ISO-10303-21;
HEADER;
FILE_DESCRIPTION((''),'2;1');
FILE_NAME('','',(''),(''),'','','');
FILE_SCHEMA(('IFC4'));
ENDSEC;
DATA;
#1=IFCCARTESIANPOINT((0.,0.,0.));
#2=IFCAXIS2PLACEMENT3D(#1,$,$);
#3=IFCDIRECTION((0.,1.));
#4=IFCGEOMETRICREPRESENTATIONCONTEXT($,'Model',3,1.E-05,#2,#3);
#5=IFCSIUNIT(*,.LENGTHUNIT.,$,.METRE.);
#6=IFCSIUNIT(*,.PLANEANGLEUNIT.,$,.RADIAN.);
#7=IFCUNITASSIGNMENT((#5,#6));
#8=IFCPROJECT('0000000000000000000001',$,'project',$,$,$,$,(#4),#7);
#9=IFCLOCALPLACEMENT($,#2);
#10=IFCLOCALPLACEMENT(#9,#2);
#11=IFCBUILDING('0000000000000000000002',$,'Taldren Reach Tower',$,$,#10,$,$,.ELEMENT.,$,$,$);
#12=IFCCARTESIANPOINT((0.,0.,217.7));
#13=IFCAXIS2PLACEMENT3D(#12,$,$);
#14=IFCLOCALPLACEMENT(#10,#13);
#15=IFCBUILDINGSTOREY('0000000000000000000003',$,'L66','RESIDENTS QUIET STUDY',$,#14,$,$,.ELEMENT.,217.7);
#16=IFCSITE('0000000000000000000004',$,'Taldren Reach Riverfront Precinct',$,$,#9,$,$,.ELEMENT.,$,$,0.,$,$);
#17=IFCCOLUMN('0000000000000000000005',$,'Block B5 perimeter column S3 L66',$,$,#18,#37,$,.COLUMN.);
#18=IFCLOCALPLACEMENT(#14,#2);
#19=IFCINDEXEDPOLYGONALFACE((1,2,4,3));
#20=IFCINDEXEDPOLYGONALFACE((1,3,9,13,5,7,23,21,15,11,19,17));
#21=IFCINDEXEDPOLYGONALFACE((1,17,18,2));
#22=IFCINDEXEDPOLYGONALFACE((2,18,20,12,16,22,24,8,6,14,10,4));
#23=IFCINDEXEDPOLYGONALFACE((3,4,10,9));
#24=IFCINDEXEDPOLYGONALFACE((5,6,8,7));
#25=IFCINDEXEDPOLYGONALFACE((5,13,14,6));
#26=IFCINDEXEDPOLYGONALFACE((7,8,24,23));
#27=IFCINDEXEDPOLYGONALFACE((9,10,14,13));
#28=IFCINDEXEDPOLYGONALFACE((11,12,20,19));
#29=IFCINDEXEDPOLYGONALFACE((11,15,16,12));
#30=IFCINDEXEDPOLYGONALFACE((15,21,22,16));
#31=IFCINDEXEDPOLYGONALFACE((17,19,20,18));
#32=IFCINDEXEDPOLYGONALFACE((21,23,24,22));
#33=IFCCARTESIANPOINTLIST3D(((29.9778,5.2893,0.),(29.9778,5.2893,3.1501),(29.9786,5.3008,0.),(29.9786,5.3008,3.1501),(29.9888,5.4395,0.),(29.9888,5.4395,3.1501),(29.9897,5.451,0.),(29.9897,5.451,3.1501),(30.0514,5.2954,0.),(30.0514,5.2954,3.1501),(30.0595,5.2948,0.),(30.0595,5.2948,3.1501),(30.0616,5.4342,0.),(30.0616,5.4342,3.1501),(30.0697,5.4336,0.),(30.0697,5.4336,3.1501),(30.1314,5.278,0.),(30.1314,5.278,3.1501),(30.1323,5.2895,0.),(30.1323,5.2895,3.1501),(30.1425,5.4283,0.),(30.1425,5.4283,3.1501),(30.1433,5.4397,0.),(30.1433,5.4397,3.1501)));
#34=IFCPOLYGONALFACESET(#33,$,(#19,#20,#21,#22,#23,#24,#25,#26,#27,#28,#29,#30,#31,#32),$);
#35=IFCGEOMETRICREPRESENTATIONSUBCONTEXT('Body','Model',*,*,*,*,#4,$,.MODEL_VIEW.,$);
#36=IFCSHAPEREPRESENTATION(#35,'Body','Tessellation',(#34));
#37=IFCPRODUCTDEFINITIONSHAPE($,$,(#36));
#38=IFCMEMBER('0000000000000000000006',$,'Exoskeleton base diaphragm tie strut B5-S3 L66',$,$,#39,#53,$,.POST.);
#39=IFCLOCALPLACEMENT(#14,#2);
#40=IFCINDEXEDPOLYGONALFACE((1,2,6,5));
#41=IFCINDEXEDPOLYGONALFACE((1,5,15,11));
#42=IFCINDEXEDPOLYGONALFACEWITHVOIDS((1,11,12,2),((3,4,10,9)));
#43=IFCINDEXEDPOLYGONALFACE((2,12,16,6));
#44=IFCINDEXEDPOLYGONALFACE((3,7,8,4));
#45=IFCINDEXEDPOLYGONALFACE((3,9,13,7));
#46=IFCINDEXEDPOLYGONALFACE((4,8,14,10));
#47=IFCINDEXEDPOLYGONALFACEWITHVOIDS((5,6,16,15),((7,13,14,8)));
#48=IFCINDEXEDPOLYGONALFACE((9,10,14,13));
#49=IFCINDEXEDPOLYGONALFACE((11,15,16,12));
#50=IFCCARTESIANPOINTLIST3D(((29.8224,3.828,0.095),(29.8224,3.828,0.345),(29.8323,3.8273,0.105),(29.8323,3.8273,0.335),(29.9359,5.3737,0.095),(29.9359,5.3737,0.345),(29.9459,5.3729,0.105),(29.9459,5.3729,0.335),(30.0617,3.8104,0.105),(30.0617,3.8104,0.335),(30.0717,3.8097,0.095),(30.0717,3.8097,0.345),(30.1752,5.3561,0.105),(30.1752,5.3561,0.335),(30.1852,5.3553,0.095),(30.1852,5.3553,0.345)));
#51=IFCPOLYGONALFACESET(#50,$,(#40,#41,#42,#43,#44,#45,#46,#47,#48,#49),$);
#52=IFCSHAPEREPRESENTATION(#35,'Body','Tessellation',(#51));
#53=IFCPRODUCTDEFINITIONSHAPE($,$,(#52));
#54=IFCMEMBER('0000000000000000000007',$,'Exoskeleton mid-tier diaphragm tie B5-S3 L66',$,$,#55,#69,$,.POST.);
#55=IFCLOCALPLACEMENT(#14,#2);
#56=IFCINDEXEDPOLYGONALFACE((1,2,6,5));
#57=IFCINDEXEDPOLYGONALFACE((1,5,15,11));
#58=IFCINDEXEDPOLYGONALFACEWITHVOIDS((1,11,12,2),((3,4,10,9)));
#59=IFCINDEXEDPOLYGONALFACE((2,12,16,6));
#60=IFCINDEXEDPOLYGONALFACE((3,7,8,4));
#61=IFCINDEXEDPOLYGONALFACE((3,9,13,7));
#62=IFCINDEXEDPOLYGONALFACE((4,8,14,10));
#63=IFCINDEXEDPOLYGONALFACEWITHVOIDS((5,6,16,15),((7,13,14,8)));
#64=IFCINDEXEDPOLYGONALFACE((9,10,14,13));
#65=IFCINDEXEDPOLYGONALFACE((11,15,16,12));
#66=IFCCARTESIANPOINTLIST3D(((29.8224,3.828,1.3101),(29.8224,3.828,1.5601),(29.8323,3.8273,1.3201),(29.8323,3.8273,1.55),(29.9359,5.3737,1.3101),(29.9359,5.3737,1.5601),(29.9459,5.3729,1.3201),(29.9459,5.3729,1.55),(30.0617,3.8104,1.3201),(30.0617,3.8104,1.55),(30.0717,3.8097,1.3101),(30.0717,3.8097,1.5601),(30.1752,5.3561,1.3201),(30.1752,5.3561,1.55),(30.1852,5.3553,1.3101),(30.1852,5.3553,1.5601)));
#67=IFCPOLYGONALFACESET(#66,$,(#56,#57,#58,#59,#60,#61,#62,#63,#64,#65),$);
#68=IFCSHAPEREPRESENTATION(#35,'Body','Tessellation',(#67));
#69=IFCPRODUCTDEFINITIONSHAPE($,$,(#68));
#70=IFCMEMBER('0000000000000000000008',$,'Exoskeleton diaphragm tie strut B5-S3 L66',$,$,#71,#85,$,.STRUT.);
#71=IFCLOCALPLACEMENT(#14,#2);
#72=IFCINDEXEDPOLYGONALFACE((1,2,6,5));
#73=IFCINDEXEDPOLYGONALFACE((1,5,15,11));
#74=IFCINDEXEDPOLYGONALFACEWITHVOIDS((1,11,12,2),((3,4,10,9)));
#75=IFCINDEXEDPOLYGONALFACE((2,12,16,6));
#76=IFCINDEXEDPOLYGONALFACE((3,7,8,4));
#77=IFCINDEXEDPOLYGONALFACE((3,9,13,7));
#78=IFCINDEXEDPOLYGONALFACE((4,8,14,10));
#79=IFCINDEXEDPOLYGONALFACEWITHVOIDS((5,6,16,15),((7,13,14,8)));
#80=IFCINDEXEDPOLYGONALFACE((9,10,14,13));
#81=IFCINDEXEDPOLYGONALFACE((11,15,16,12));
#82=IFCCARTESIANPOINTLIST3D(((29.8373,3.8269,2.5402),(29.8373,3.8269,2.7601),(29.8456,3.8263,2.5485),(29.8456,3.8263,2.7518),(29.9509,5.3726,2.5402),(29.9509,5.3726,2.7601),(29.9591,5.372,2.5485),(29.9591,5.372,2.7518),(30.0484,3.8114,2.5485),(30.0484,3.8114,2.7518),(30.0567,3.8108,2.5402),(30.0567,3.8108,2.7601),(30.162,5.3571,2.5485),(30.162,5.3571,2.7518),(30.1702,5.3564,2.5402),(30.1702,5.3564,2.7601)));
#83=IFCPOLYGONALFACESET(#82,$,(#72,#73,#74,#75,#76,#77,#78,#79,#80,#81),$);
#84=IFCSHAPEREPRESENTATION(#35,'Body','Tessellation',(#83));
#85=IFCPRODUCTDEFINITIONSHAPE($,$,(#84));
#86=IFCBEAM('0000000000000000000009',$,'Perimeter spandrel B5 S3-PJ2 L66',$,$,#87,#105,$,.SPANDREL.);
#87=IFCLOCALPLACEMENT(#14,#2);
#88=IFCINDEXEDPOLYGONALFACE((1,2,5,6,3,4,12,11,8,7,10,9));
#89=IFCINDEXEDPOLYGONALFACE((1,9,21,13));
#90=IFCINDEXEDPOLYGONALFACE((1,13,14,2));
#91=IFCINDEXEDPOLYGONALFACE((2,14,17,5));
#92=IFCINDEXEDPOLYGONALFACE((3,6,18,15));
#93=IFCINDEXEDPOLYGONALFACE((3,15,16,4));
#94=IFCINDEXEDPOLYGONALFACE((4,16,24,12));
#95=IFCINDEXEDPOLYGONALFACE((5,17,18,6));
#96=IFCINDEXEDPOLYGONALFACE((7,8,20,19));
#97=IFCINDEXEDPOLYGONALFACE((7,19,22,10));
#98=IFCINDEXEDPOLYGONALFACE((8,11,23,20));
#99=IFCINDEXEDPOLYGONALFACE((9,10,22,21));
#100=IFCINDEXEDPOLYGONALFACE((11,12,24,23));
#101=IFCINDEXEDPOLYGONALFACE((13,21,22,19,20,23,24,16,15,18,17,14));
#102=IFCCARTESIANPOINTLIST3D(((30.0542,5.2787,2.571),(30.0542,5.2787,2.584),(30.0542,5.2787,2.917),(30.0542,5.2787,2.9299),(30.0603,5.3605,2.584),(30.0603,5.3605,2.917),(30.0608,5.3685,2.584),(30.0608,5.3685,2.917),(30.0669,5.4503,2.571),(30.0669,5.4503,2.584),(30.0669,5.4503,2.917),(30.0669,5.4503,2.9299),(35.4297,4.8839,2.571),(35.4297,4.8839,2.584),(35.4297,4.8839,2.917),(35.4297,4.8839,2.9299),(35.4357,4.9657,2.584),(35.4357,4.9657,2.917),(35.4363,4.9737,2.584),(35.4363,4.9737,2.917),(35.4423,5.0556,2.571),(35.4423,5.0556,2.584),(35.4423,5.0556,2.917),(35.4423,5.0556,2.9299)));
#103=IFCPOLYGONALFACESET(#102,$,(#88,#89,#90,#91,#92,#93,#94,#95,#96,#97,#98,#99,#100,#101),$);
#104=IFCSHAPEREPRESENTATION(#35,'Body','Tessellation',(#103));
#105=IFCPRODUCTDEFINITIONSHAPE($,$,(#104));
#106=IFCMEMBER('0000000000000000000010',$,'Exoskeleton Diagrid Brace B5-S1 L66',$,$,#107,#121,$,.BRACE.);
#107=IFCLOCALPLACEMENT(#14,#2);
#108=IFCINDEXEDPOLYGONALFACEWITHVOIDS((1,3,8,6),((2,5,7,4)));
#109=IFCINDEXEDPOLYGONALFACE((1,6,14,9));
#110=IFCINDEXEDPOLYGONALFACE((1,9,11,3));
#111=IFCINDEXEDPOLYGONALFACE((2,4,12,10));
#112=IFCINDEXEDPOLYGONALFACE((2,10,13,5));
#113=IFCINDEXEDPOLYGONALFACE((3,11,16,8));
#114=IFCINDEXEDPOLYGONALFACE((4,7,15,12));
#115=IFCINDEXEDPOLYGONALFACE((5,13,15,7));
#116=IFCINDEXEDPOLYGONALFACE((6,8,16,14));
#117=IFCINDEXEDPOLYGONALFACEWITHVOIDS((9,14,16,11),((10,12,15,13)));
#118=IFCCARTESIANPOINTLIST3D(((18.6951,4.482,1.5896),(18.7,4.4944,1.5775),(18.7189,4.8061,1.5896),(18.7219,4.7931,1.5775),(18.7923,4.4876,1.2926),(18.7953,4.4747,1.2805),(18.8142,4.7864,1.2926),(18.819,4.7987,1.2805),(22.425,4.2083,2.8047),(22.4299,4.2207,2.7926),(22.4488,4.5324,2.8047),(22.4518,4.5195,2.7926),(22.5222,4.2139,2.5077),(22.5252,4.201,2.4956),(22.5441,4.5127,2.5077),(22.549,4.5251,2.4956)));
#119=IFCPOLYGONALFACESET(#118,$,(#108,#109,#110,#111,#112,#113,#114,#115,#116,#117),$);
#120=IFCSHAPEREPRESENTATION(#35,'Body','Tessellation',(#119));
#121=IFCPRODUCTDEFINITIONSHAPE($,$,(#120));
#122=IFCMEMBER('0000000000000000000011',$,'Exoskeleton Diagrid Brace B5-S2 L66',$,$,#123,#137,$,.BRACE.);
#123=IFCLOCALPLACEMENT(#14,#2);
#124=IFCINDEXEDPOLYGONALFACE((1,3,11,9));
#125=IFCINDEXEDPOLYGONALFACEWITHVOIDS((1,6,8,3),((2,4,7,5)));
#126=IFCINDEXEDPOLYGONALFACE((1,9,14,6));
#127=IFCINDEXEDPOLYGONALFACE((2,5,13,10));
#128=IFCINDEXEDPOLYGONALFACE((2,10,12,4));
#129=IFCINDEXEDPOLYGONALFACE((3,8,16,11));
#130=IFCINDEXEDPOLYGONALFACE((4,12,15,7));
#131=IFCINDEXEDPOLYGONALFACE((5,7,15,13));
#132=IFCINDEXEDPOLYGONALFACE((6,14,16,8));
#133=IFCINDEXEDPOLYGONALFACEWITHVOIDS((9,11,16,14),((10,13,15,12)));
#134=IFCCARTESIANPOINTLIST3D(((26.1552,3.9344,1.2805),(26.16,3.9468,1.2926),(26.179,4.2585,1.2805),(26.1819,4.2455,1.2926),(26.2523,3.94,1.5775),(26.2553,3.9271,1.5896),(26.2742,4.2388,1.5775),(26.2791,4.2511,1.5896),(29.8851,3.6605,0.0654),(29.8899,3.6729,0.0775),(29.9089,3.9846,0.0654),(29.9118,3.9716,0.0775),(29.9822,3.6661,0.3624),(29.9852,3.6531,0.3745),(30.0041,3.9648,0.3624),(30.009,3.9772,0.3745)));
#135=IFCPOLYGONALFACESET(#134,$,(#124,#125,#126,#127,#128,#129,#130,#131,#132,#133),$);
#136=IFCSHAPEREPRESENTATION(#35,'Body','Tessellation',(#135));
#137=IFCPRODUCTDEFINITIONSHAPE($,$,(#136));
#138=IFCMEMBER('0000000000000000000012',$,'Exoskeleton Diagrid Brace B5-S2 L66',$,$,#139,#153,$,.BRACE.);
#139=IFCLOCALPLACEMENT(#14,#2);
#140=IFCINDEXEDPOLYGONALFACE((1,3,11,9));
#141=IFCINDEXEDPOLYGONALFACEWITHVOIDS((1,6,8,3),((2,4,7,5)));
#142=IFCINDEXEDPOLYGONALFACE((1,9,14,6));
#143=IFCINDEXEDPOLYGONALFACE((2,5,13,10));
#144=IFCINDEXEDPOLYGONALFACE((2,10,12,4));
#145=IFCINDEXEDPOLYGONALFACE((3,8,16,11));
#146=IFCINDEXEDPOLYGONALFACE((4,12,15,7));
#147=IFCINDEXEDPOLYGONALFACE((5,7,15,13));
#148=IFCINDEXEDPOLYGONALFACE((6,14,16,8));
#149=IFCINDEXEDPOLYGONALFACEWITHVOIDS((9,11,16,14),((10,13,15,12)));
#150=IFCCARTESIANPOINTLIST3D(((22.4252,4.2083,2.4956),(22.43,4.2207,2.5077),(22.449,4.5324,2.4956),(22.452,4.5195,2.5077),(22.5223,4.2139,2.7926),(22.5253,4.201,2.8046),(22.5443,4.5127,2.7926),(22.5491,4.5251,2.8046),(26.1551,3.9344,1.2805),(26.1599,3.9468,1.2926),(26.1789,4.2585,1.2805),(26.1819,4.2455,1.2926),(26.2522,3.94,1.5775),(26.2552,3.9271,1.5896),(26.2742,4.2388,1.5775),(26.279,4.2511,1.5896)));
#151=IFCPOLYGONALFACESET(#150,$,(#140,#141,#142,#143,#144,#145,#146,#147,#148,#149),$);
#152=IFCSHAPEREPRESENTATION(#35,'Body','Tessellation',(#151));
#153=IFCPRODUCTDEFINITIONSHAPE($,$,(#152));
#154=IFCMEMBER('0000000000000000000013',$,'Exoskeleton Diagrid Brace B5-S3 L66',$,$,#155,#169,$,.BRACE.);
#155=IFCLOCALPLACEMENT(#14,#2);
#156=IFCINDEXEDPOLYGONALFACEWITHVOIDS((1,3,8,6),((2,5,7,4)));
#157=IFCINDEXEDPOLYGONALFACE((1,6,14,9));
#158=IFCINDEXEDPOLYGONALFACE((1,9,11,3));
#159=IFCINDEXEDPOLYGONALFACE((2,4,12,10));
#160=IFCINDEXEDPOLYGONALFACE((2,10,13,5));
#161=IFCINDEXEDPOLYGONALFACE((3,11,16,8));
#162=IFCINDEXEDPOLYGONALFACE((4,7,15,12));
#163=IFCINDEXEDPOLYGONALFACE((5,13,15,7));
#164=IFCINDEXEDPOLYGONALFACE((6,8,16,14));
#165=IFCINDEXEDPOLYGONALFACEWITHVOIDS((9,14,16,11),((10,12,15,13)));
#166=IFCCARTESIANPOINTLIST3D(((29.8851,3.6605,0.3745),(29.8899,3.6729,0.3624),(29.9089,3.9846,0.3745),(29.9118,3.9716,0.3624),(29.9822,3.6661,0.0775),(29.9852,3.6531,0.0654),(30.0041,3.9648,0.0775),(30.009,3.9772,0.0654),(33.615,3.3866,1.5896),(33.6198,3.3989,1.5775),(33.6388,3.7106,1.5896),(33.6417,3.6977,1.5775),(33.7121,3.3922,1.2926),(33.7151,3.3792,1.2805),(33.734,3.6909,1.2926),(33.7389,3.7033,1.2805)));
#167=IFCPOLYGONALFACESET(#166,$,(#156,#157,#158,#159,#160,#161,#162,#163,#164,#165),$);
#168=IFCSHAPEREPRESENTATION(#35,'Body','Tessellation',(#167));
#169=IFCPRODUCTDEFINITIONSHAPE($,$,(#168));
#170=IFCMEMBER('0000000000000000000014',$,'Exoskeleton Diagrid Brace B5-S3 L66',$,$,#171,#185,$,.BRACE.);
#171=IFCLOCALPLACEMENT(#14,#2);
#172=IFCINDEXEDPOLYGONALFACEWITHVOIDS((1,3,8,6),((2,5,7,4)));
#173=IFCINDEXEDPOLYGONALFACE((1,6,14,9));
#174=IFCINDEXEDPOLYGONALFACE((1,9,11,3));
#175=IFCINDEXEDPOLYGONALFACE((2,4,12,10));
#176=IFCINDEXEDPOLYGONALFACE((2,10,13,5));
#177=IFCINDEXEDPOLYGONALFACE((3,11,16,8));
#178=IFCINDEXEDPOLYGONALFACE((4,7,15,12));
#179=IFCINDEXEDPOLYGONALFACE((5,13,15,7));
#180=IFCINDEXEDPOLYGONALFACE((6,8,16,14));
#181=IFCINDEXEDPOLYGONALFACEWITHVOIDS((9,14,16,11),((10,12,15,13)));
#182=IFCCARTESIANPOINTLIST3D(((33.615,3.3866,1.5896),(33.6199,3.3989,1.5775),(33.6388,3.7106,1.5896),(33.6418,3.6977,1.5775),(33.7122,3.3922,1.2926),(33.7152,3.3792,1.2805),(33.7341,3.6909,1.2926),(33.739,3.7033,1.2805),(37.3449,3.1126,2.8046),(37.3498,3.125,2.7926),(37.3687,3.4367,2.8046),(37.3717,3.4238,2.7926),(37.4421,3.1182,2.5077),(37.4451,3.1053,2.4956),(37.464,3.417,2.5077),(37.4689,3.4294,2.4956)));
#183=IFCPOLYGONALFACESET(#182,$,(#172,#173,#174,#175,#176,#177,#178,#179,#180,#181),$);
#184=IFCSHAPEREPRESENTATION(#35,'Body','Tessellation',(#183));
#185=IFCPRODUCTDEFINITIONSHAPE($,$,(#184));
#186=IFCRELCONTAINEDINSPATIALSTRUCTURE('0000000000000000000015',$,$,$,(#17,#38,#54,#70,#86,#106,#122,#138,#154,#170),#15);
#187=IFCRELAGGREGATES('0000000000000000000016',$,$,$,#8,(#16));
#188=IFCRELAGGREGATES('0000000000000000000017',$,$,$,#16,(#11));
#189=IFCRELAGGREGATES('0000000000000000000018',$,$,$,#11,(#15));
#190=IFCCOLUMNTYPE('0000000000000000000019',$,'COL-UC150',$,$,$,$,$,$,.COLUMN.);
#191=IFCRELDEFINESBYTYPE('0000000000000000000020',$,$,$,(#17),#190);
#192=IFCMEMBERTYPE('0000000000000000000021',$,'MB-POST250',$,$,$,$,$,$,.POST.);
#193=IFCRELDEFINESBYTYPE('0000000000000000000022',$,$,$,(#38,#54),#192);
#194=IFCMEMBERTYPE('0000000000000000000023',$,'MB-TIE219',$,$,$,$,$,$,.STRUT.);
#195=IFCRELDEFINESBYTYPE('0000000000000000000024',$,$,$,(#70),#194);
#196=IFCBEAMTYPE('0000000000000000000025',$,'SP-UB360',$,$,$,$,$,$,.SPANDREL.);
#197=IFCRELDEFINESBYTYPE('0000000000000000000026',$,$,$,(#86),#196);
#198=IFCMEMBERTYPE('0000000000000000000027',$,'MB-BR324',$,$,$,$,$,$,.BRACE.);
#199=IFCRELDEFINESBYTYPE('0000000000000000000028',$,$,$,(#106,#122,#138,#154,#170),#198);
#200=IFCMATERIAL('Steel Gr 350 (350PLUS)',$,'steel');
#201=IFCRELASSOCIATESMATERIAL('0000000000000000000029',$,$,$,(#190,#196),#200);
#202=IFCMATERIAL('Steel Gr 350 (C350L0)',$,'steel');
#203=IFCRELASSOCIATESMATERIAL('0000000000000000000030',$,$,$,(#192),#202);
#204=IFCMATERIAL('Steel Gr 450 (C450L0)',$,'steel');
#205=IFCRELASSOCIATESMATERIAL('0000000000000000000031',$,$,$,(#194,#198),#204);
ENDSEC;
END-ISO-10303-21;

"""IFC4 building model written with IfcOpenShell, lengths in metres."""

from ifc_helpers import new_model, si_unit, direction, frame, origin, origin_2d, place, context, subcontext, project, spatial, hollow_rectangle, i_section, extrude, source, transform, mapped, material, material_profile, profile_set, type_object, element, save


model = new_model("IFC4")

# Units and contexts
model_context = context("Model", 3, precision=1e-05, world=origin(), true_north=direction((0.0, 1.0)))
body_context = subcontext(model_context, "Body", "Model", "MODEL_VIEW")
ifc_project = project(units=[si_unit("LENGTHUNIT", "METRE"), si_unit("PLANEANGLEUNIT", "RADIAN")], contexts=[model_context])

# Site, building, storey
site_placement = place(None, origin())
site = spatial("IfcSite", under=ifc_project, at=site_placement, Name="Taldren Reach Riverfront Precinct", CompositionType="ELEMENT", RefElevation=0.0)
building_placement = place(site_placement, origin())
building = spatial("IfcBuilding", under=site, at=building_placement, Name="Taldren Reach Tower", CompositionType="ELEMENT")
storey_placement = place(building_placement, frame((0.0, 0.0, 217.7)))
storey = spatial("IfcBuildingStorey", under=building, at=storey_placement, Name="L66", Description="RESIDENTS QUIET STUDY", CompositionType="ELEMENT", Elevation=217.7)

# Column
ifc_material_1 = material(Name="Steel Gr 350 (350PLUS)", Category="steel")
ifc_material_profile_1 = material_profile(ifc_material_1, i_section(OverallWidth=0.1541, OverallDepth=0.1621, WebThickness=0.0081, FlangeThickness=0.0115, at=origin_2d()), Name="150UC37.2")
ifc_profile_set_1 = profile_set([ifc_material_profile_1], Name="Steel Gr 350 (350PLUS)")
column_type = type_object("IfcColumnType", Name="COL-UC150", PredefinedType="COLUMN", material=ifc_profile_set_1)
shared_shape_1 = source(origin(), body_context, "Body", "SweptSolid", [
    extrude(i_section(OverallWidth=0.1541, OverallDepth=0.1621, WebThickness=0.0081, FlangeThickness=0.0115, at=origin_2d()), origin(), (0.0, 0.0, 1.0), 3.1501),
])
column_placement = place(storey_placement, frame((30.0605, 5.3645, 0.0), z_axis=(0.0, 0.0, 1.0), x_axis=(0.997314, -0.073238, 0.0)))
element("IfcColumn", 1, at=column_placement, inside=storey, type_object=column_type, Name="Block B5 perimeter column S3 L66", PredefinedType="COLUMN", context=body_context, shape_type="MappedRepresentation", body=[
    mapped(shared_shape_1, transform((0.0, 0.0, 0.0), scale=1.0)),
])

# Members
ifc_material_2 = material(Name="Steel Gr 350 (C350L0)", Category="steel")
ifc_material_profile_2 = material_profile(ifc_material_2, hollow_rectangle(XDim=0.25, YDim=0.25, WallThickness=0.01, at=origin_2d()), Name="250x250x10.0SHS")
ifc_profile_set_2 = profile_set([ifc_material_profile_2], Name="Steel Gr 350 (C350L0)")
member_type_1 = type_object("IfcMemberType", Name="MB-POST250", PredefinedType="POST", material=ifc_profile_set_2)
shared_shape_2 = source(origin(), body_context, "Body", "SweptSolid", [
    extrude(hollow_rectangle(XDim=0.25, YDim=0.25, WallThickness=0.01, at=origin_2d()), origin(), (0.0, 0.0, 1.0), 1.5498),
])
for number, where, z_axis, x_axis, name in (
    (2, (30.0605, 5.3645, 0.22), (-0.073251, -0.997314, 0.0), (0.997314, -0.073251, 0.0), "Exoskeleton base diaphragm tie strut B5-S3 L66"),
    (3, (30.0605, 5.3645, 1.4351), (-0.073251, -0.997314, 0.0), (0.997314, -0.073251, 0.0), "Exoskeleton mid-tier diaphragm tie B5-S3 L66"),
):
    element("IfcMember", number, at=place(storey_placement, frame(where, z_axis=z_axis, x_axis=x_axis)), inside=storey, type_object=member_type_1, Name=name, PredefinedType="POST", context=body_context, shape_type="MappedRepresentation", body=[
        mapped(shared_shape_2, transform((0.0, 0.0, 0.0), scale=1.0)),
    ])
ifc_material_3 = material(Name="Steel Gr 450 (C450L0)", Category="steel")
ifc_material_profile_3 = material_profile(ifc_material_3, hollow_rectangle(XDim=0.22, YDim=0.22, WallThickness=0.0083, at=origin_2d()), Name="220x220x8.2SHS")
ifc_profile_set_3 = profile_set([ifc_material_profile_3], Name="Steel Gr 450 (C450L0)")
member_type_2 = type_object("IfcMemberType", Name="MB-TIE219", PredefinedType="STRUT", material=ifc_profile_set_3)
shared_shape_3 = source(origin(), body_context, "Body", "SweptSolid", [
    extrude(hollow_rectangle(XDim=0.22, YDim=0.22, WallThickness=0.0083, at=origin_2d()), origin(), (0.0, 0.0, 1.0), 1.5498),
])
member_1_placement = place(storey_placement, frame((30.0605, 5.3645, 2.6501), z_axis=(-0.073251, -0.997314, 0.0), x_axis=(0.997314, -0.073251, 0.0)))
element("IfcMember", 4, at=member_1_placement, inside=storey, type_object=member_type_2, Name="Exoskeleton diaphragm tie strut B5-S3 L66", PredefinedType="STRUT", context=body_context, shape_type="MappedRepresentation", body=[
    mapped(shared_shape_3, transform((0.0, 0.0, 0.0), scale=1.0)),
])

# Beam
ifc_material_profile_4 = material_profile(ifc_material_1, i_section(OverallWidth=0.1721, OverallDepth=0.3589, WebThickness=0.0081, FlangeThickness=0.0129, at=origin_2d()), Name="360UB56.7")
ifc_profile_set_4 = profile_set([ifc_material_profile_4], Name="Steel Gr 350 (350PLUS)")
beam_type = type_object("IfcBeamType", Name="SP-UB360", PredefinedType="SPANDREL", material=ifc_profile_set_4)
shared_shape_4 = source(origin(), body_context, "Body", "SweptSolid", [
    extrude(i_section(OverallWidth=0.1721, OverallDepth=0.3589, WebThickness=0.0081, FlangeThickness=0.0129, at=origin_2d()), origin(), (0.0, 0.0, 1.0), 5.3899),
])
beam_placement = place(storey_placement, frame((30.0605, 5.3645, 2.7505), z_axis=(0.997314, -0.073243, 0.0), x_axis=(0.073243, 0.997314, 0.0)))
element("IfcBeam", 5, at=beam_placement, inside=storey, type_object=beam_type, Name="Perimeter spandrel B5 S3-PJ2 L66", PredefinedType="SPANDREL", context=body_context, shape_type="MappedRepresentation", body=[
    mapped(shared_shape_4, transform((0.0, 0.0, 0.0), scale=1.0)),
])

# Members
ifc_material_profile_5 = material_profile(ifc_material_3, hollow_rectangle(XDim=0.325, YDim=0.325, WallThickness=0.0127, at=origin_2d()), Name="325x325x12.7SHS")
ifc_profile_set_5 = profile_set([ifc_material_profile_5], Name="Steel Gr 450 (C450L0)")
member_type_3 = type_object("IfcMemberType", Name="MB-BR324", PredefinedType="BRACE", material=ifc_profile_set_5)
shared_shape_5 = source(origin(), body_context, "Body", "SweptSolid", [
    extrude(hollow_rectangle(XDim=0.325, YDim=0.325, WallThickness=0.0127, at=origin_2d()), origin(), (0.0, 0.0, 1.0), 3.9324),
])
for number, where, z_axis, x_axis, name in (
    (6, (18.7571, 4.6404, 1.4351), (0.948515, -0.069596, 0.308991), (0.073177, 0.997319, 0.0), "Exoskeleton Diagrid Brace B5-S1 L66"),
    (7, (29.947, 3.8188, 0.22), (-0.948511, 0.069658, 0.308989), (-0.073242, -0.997314, 0.0), "Exoskeleton Diagrid Brace B5-S2 L66"),
    (8, (26.217, 4.0928, 1.4351), (-0.948511, 0.069658, 0.308989), (-0.073242, -0.997314, 0.0), "Exoskeleton Diagrid Brace B5-S2 L66"),
    (9, (29.947, 3.8188, 0.22), (0.948511, -0.069658, 0.308989), (0.073242, 0.997314, 0.0), "Exoskeleton Diagrid Brace B5-S3 L66"),
    (10, (33.677, 3.5449, 1.4351), (0.948511, -0.069658, 0.308989), (0.073242, 0.997314, 0.0), "Exoskeleton Diagrid Brace B5-S3 L66"),
):
    element("IfcMember", number, at=place(storey_placement, frame(where, z_axis=z_axis, x_axis=x_axis)), inside=storey, type_object=member_type_3, Name=name, PredefinedType="BRACE", context=body_context, shape_type="MappedRepresentation", body=[
        mapped(shared_shape_5, transform((0.0, 0.0, 0.0), scale=1.0)),
    ])

save(model, "model.ifc")
